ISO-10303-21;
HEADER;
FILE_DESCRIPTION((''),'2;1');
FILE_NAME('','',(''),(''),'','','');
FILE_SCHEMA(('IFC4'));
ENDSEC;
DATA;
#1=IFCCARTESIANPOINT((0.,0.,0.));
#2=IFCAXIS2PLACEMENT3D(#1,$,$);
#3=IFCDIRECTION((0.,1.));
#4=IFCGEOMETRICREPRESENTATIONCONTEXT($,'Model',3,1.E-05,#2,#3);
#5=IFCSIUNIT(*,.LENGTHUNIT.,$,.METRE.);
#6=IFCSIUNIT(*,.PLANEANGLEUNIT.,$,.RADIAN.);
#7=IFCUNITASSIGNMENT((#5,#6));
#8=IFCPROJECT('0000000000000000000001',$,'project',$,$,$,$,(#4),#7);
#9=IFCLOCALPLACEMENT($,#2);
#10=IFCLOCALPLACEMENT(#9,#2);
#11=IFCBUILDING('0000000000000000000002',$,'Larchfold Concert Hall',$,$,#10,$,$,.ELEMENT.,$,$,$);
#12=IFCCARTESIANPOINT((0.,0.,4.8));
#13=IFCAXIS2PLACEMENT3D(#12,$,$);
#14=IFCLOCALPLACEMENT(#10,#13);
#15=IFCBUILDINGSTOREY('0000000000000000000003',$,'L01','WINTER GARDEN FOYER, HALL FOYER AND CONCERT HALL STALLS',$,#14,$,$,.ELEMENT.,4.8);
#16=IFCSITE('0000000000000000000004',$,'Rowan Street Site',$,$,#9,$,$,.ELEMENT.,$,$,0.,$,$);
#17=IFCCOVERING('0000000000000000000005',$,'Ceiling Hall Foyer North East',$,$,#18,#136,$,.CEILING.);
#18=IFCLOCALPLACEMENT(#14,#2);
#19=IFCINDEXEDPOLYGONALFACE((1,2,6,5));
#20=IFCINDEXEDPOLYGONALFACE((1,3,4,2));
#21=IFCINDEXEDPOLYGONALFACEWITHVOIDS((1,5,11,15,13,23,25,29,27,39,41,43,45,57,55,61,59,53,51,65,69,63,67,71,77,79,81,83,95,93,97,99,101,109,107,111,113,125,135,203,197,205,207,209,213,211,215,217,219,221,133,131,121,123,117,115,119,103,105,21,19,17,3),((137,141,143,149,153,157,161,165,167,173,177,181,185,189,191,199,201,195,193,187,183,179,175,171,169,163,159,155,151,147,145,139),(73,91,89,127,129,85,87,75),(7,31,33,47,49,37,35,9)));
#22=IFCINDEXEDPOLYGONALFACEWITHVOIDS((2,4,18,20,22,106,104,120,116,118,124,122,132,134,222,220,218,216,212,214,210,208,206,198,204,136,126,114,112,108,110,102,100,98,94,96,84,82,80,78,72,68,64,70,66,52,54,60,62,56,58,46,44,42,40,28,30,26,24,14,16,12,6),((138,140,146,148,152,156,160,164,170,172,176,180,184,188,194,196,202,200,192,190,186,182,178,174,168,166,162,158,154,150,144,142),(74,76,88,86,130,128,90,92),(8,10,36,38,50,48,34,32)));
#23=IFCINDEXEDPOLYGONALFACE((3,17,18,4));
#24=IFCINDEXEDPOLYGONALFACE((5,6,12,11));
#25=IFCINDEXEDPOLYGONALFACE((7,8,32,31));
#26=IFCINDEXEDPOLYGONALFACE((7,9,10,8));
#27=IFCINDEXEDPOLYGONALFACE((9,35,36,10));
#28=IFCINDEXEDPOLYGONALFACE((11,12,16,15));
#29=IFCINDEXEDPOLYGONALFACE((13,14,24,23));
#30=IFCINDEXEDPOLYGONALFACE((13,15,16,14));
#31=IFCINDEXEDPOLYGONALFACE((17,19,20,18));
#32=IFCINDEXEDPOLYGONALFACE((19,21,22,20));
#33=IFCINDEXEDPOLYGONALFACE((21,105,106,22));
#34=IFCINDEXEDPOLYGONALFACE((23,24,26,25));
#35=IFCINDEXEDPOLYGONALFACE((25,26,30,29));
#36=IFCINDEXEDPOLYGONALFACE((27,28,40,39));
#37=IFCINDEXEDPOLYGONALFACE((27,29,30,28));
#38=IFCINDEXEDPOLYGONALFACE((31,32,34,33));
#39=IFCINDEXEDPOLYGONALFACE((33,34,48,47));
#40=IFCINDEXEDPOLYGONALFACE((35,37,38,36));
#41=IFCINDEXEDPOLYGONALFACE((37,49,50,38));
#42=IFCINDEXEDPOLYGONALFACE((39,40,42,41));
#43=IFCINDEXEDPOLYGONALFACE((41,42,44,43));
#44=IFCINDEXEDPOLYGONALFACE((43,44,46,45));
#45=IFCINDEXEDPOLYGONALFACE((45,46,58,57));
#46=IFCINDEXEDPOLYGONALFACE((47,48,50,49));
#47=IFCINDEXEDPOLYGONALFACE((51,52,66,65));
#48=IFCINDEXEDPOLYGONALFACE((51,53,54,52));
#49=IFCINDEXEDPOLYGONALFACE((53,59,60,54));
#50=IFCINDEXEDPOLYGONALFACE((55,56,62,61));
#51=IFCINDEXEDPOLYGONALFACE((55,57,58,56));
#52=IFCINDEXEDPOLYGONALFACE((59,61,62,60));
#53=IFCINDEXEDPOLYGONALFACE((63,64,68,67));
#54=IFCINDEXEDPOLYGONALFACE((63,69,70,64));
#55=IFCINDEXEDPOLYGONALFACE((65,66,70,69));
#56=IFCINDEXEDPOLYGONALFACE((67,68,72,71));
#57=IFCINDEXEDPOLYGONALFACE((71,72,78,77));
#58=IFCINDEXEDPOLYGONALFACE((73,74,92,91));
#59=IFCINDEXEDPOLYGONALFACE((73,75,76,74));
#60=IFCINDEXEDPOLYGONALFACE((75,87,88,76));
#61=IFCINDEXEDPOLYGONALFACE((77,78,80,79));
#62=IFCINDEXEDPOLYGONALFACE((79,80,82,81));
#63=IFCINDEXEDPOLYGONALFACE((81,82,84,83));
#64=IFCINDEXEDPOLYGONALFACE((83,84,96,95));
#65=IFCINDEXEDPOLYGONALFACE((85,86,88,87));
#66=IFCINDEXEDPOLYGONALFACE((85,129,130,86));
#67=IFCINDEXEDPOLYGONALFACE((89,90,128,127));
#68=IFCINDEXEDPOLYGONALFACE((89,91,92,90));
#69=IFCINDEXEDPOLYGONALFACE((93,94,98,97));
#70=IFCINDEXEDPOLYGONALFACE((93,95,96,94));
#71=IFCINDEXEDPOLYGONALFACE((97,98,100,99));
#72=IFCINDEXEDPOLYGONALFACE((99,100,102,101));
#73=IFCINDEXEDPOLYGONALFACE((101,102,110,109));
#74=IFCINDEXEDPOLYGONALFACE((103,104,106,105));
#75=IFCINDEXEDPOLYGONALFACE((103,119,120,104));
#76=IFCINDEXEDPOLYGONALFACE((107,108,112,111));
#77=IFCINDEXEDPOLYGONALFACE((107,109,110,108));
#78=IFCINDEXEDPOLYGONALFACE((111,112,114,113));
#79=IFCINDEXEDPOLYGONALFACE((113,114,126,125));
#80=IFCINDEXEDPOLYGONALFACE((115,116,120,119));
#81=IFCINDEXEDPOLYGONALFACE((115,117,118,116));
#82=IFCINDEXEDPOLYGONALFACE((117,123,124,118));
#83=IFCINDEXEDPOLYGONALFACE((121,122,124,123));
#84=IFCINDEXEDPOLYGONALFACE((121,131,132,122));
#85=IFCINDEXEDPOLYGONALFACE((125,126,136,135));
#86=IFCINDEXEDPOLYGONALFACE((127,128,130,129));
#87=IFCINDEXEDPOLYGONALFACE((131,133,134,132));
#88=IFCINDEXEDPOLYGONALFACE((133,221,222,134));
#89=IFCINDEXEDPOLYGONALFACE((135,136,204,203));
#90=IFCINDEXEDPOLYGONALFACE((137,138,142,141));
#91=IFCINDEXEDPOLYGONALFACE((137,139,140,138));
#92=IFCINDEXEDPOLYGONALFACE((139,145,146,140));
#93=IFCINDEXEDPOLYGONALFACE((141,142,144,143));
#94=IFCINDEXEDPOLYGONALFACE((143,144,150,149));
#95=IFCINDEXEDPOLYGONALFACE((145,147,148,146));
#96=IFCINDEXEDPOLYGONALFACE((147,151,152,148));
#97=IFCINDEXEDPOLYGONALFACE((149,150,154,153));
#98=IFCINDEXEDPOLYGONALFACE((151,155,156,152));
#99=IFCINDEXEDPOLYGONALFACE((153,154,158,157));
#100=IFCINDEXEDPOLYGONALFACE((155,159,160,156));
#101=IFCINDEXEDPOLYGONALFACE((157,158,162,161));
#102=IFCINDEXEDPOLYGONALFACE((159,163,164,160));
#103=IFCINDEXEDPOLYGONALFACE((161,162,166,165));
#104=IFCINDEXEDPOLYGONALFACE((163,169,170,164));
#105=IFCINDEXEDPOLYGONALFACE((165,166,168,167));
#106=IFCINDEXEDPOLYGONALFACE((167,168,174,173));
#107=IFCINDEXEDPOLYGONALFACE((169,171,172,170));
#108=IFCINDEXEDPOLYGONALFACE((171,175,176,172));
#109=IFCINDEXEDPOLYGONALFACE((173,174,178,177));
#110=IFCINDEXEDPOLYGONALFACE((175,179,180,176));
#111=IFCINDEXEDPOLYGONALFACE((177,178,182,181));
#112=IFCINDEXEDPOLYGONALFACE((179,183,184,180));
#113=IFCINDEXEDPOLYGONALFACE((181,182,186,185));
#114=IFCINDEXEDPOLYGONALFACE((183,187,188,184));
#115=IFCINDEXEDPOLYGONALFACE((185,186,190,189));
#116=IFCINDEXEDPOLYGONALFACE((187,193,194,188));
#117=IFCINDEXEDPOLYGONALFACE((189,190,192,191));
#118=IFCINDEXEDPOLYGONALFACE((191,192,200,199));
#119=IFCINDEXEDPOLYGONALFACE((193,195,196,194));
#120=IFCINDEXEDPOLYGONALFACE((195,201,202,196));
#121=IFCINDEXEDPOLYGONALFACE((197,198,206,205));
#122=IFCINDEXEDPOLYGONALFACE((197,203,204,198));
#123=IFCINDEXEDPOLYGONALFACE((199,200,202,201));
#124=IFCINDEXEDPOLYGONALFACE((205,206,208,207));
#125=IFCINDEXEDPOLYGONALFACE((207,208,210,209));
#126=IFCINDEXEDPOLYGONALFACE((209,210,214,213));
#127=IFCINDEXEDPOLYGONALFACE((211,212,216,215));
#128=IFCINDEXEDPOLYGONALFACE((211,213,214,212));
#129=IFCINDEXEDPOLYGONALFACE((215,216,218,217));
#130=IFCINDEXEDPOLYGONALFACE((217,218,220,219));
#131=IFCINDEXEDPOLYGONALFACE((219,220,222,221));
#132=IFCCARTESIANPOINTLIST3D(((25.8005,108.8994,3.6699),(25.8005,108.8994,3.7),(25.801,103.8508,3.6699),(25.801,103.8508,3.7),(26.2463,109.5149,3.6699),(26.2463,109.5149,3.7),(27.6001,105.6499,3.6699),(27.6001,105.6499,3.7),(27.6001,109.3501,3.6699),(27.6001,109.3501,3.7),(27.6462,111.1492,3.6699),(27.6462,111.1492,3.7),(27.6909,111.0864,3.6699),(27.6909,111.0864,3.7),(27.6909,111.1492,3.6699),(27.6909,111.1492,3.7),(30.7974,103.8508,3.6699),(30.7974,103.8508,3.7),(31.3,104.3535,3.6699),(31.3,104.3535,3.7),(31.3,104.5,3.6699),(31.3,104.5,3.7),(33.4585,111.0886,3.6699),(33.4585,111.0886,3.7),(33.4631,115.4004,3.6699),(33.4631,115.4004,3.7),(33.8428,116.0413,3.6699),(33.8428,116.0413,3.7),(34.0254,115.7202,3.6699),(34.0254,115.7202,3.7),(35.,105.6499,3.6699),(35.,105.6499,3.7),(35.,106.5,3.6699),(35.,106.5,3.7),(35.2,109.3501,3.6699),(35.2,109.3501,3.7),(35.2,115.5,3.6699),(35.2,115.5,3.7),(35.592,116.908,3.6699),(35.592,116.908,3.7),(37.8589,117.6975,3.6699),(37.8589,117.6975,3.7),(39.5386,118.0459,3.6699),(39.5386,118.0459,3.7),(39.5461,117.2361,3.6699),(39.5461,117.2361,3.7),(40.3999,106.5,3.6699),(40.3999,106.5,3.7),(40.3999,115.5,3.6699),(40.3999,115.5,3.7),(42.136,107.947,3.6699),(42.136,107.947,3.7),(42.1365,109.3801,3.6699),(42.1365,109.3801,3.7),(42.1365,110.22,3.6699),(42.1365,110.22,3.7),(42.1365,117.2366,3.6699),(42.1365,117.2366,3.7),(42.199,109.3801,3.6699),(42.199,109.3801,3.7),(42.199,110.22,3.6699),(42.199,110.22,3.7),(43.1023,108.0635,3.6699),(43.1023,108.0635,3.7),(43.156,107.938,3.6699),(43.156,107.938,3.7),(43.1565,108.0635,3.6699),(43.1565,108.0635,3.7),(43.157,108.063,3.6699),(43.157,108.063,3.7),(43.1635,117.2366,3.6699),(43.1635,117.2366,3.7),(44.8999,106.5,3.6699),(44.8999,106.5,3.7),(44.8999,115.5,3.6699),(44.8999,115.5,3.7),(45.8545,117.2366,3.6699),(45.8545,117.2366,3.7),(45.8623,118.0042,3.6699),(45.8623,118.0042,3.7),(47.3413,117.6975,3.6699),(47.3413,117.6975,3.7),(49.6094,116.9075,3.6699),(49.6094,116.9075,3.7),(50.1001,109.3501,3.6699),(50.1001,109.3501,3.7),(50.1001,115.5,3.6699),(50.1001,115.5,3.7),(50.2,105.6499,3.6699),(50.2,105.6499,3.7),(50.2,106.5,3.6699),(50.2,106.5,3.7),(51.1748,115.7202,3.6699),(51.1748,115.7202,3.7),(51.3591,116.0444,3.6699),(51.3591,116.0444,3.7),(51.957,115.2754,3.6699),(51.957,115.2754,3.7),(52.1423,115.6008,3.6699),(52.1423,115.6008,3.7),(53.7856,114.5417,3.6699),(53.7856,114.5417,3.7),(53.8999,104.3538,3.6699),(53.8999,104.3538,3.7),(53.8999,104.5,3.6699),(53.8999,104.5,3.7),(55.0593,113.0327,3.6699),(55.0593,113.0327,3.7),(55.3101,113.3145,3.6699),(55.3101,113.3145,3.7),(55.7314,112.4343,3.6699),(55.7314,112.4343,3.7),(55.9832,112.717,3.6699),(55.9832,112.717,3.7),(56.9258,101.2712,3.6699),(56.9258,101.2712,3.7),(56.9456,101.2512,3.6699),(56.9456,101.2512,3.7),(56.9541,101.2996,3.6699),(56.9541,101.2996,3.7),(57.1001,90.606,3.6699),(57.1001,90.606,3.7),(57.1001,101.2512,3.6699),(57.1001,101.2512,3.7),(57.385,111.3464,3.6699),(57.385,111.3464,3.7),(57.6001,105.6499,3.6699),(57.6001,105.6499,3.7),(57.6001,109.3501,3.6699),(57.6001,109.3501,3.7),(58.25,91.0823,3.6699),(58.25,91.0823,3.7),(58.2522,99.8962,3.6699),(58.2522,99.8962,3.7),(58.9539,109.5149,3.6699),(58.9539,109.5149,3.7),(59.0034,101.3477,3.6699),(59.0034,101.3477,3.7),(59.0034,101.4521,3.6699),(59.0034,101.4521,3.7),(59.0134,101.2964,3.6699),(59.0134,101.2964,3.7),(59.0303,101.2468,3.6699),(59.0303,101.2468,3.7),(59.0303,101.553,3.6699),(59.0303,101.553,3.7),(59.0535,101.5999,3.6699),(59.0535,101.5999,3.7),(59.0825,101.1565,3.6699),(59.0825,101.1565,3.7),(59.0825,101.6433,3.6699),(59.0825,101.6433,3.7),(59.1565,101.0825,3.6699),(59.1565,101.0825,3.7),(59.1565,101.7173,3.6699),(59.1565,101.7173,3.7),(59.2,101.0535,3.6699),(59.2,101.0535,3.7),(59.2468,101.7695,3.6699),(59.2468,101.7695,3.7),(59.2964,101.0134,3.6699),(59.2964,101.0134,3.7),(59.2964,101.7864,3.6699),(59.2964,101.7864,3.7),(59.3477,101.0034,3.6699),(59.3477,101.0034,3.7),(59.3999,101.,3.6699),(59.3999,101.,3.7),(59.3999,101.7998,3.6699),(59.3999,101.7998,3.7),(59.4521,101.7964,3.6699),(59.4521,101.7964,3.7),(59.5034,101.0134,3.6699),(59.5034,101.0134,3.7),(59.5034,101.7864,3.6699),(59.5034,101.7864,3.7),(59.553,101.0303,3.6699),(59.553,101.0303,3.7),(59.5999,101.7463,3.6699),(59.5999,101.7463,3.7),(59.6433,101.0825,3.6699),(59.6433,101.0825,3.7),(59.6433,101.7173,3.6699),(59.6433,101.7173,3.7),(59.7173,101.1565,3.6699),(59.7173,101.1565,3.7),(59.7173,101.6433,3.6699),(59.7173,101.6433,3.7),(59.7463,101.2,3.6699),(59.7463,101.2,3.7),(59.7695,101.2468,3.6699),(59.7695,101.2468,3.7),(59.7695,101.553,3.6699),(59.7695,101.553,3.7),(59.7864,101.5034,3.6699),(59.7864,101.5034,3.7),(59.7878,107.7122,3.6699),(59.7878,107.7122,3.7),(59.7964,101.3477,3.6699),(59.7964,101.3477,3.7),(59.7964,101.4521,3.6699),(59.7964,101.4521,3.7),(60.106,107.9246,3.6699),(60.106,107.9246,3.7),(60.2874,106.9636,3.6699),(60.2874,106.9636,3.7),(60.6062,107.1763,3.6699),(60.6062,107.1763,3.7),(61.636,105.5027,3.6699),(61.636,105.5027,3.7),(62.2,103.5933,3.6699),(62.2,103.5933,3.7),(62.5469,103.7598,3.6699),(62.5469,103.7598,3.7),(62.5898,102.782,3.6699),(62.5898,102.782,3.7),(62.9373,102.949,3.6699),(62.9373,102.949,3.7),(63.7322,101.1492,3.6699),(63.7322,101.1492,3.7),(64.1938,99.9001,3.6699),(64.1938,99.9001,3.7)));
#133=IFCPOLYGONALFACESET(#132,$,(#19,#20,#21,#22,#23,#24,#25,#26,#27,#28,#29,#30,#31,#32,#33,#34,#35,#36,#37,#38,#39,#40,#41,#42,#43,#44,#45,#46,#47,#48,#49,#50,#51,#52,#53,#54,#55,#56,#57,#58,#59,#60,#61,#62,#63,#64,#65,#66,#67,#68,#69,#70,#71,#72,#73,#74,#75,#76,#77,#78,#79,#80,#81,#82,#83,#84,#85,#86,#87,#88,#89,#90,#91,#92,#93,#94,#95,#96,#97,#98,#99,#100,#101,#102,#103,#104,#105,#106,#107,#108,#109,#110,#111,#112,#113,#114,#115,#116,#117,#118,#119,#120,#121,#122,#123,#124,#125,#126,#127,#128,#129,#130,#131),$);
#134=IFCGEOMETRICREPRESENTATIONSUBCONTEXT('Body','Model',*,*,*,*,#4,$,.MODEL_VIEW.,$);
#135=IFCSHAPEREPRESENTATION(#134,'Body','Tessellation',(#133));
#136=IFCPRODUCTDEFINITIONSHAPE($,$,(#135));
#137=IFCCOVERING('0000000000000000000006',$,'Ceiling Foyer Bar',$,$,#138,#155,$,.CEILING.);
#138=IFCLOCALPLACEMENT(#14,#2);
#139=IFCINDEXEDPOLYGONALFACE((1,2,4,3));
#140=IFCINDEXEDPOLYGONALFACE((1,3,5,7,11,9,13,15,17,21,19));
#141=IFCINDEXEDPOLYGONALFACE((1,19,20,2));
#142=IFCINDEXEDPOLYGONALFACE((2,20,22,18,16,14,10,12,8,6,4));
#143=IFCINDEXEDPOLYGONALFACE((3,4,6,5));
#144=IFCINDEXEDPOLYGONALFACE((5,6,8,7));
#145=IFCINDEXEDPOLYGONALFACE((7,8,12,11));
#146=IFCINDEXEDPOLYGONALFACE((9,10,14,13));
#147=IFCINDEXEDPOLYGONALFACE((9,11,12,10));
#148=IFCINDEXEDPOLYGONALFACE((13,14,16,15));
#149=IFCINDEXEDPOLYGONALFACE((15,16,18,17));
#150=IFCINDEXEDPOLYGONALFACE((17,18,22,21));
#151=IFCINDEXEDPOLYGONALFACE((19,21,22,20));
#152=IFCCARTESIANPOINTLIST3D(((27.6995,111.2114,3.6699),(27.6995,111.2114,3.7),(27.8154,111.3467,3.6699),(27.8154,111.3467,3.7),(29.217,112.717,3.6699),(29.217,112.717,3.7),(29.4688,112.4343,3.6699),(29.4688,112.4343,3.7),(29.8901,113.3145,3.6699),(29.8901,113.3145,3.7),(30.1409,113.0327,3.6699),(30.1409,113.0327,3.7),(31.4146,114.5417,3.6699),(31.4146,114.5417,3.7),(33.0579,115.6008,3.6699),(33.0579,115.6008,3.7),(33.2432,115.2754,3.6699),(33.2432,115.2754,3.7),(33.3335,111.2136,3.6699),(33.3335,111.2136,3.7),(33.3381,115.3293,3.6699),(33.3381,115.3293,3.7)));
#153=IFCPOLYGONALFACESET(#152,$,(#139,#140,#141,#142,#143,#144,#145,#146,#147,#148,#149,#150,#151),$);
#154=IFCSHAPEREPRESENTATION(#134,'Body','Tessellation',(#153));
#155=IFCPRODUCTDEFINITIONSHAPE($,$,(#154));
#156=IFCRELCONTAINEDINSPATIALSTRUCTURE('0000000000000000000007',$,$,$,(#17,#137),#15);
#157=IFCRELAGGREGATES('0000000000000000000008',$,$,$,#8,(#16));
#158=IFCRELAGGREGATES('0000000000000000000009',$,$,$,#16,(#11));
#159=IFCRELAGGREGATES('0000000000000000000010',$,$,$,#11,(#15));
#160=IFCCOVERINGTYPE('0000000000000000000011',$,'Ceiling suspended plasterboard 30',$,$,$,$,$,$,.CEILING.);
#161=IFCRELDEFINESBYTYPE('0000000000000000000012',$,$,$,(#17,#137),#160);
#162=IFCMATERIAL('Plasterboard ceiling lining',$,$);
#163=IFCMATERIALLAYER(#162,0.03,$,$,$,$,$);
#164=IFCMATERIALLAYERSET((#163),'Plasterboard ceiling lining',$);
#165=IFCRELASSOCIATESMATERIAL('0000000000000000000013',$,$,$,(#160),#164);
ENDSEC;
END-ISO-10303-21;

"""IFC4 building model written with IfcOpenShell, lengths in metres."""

from ifc_helpers import new_model, si_unit, direction, frame, origin, place, context, subcontext, project, spatial, polyline, outline, extrude, material, layer, layer_set, type_object, element, save


model = new_model("IFC4")

# Units and contexts
model_context = context("Model", 3, precision=1e-05, world=origin(), true_north=direction((0.0, 1.0)))
body_context = subcontext(model_context, "Body", "Model", "MODEL_VIEW")
ifc_project = project(units=[si_unit("LENGTHUNIT", "METRE"), si_unit("PLANEANGLEUNIT", "RADIAN")], contexts=[model_context])

# Site, building, storey
site_placement = place(None, origin())
site = spatial("IfcSite", under=ifc_project, at=site_placement, Name="Rowan Street Site", CompositionType="ELEMENT", RefElevation=0.0)
building_placement = place(site_placement, origin())
building = spatial("IfcBuilding", under=site, at=building_placement, Name="Larchfold Concert Hall", CompositionType="ELEMENT")
storey_placement = place(building_placement, frame((0.0, 0.0, 4.8)))
storey = spatial("IfcBuildingStorey", under=building, at=storey_placement, Name="L01", Description="WINTER GARDEN FOYER, HALL FOYER AND CONCERT HALL STALLS", CompositionType="ELEMENT", Elevation=4.8)

# Coverings
ifc_material_1 = material(Name="Plasterboard ceiling lining")
ifc_layer_1 = layer(ifc_material_1, 0.03)
ifc_layer_set_1 = layer_set([ifc_layer_1], Name="Plasterboard ceiling lining")
covering_type_1 = type_object("IfcCoveringType", Name="Ceiling suspended plasterboard 30", PredefinedType="CEILING", material=ifc_layer_set_1)
covering_1_placement = place(storey_placement, frame((0.0, 0.0, 3.6699)))
element("IfcCovering", 1, at=covering_1_placement, inside=storey, type_object=covering_type_1, Name="Ceiling Hall Foyer North East", PredefinedType="CEILING", context=body_context, shape_type="SweptSolid", body=[
    extrude(outline(polyline([(27.6909, 111.1492), (27.6462, 111.1492), (26.2463, 109.5149), (25.8005, 108.8994), (25.801, 103.8508), (30.7974, 103.8508), (31.3, 104.3535), (31.3, 104.5), (53.8999, 104.5), (53.8999, 104.3538), (56.9541, 101.2996), (56.9258, 101.2712), (56.9456, 101.2512), (57.1001, 101.2512), (57.1001, 90.606), (58.25, 91.0823), (58.2522, 99.8962), (64.1938, 99.9001), (63.7322, 101.1492), (62.9373, 102.949), (62.5898, 102.782), (62.2, 103.5933), (62.5469, 103.7598), (61.636, 105.5027), (60.6062, 107.1763), (60.2874, 106.9636), (59.7878, 107.7122), (60.106, 107.9246), (58.9539, 109.5149), (57.385, 111.3464), (55.9832, 112.717), (55.7314, 112.4343), (55.0593, 113.0327), (55.3101, 113.3145), (53.7856, 114.5417), (52.1423, 115.6008), (51.957, 115.2754), (51.1748, 115.7202), (51.3591, 116.0444), (49.6094, 116.9075), (47.3413, 117.6975), (45.8623, 118.0042), (45.8545, 117.2366), (43.1636, 117.2366), (43.1636, 117.2991), (43.1565, 108.0635), (43.1023, 108.0635), (43.157, 108.063), (43.156, 107.938), (42.136, 107.947), (42.1365, 109.3801), (42.199, 109.3801), (42.199, 110.22), (42.1365, 110.22), (42.1365, 117.2366), (39.5461, 117.2361), (39.5386, 118.0459), (37.8589, 117.6975), (35.592, 116.908), (33.8428, 116.0413), (34.0254, 115.7202), (33.4631, 115.4004), (33.4585, 111.0886), (27.6909, 111.0864), (27.6909, 111.1492)]), holes=[polyline([(59.2964, 101.0134), (59.2, 101.0535), (59.1565, 101.0825), (59.0825, 101.1565), (59.0303, 101.2468), (59.0134, 101.2964), (59.0034, 101.3477), (59.0034, 101.4521), (59.0303, 101.553), (59.0535, 101.5999), (59.0825, 101.6433), (59.1565, 101.7173), (59.2468, 101.7695), (59.2964, 101.7864), (59.3999, 101.7998), (59.4521, 101.7964), (59.5034, 101.7864), (59.5999, 101.7463), (59.6433, 101.7173), (59.7173, 101.6433), (59.7695, 101.553), (59.7864, 101.5034), (59.7964, 101.4521), (59.7964, 101.3477), (59.7695, 101.2468), (59.7463, 101.2), (59.7173, 101.1565), (59.6433, 101.0825), (59.553, 101.0303), (59.5034, 101.0134), (59.3999, 101.0), (59.3477, 101.0034), (59.2964, 101.0134)]), polyline([(50.1001, 109.3501), (57.6001, 109.3501), (57.6001, 105.6499), (50.2, 105.6499), (50.2, 106.5), (44.8999, 106.5), (44.8999, 115.5), (50.1001, 115.5), (50.1001, 109.3501)]), polyline([(35.0, 105.6499), (27.6001, 105.6499), (27.6001, 109.3501), (35.2, 109.3501), (35.2, 115.5), (40.3999, 115.5), (40.3999, 106.5), (35.0, 106.5), (35.0, 105.6499)])]), origin(), (0.0, 0.0, 1.0), 0.03),
])
covering_2_placement = place(storey_placement, frame((0.0, 0.0, 3.6699)))
element("IfcCovering", 2, at=covering_2_placement, inside=storey, type_object=covering_type_1, Name="Ceiling Foyer Bar", PredefinedType="CEILING", context=body_context, shape_type="SweptSolid", body=[
    extrude(outline(polyline([(29.8901, 113.3145), (30.1409, 113.0327), (29.4688, 112.4343), (29.217, 112.717), (27.8154, 111.3467), (27.6995, 111.2114), (33.3335, 111.2136), (33.3381, 115.3293), (33.2432, 115.2754), (33.0579, 115.6008), (31.4146, 114.5417), (29.8901, 113.3145)])), origin(), (0.0, 0.0, 1.0), 0.03),
])

save(model, "model.ifc")
